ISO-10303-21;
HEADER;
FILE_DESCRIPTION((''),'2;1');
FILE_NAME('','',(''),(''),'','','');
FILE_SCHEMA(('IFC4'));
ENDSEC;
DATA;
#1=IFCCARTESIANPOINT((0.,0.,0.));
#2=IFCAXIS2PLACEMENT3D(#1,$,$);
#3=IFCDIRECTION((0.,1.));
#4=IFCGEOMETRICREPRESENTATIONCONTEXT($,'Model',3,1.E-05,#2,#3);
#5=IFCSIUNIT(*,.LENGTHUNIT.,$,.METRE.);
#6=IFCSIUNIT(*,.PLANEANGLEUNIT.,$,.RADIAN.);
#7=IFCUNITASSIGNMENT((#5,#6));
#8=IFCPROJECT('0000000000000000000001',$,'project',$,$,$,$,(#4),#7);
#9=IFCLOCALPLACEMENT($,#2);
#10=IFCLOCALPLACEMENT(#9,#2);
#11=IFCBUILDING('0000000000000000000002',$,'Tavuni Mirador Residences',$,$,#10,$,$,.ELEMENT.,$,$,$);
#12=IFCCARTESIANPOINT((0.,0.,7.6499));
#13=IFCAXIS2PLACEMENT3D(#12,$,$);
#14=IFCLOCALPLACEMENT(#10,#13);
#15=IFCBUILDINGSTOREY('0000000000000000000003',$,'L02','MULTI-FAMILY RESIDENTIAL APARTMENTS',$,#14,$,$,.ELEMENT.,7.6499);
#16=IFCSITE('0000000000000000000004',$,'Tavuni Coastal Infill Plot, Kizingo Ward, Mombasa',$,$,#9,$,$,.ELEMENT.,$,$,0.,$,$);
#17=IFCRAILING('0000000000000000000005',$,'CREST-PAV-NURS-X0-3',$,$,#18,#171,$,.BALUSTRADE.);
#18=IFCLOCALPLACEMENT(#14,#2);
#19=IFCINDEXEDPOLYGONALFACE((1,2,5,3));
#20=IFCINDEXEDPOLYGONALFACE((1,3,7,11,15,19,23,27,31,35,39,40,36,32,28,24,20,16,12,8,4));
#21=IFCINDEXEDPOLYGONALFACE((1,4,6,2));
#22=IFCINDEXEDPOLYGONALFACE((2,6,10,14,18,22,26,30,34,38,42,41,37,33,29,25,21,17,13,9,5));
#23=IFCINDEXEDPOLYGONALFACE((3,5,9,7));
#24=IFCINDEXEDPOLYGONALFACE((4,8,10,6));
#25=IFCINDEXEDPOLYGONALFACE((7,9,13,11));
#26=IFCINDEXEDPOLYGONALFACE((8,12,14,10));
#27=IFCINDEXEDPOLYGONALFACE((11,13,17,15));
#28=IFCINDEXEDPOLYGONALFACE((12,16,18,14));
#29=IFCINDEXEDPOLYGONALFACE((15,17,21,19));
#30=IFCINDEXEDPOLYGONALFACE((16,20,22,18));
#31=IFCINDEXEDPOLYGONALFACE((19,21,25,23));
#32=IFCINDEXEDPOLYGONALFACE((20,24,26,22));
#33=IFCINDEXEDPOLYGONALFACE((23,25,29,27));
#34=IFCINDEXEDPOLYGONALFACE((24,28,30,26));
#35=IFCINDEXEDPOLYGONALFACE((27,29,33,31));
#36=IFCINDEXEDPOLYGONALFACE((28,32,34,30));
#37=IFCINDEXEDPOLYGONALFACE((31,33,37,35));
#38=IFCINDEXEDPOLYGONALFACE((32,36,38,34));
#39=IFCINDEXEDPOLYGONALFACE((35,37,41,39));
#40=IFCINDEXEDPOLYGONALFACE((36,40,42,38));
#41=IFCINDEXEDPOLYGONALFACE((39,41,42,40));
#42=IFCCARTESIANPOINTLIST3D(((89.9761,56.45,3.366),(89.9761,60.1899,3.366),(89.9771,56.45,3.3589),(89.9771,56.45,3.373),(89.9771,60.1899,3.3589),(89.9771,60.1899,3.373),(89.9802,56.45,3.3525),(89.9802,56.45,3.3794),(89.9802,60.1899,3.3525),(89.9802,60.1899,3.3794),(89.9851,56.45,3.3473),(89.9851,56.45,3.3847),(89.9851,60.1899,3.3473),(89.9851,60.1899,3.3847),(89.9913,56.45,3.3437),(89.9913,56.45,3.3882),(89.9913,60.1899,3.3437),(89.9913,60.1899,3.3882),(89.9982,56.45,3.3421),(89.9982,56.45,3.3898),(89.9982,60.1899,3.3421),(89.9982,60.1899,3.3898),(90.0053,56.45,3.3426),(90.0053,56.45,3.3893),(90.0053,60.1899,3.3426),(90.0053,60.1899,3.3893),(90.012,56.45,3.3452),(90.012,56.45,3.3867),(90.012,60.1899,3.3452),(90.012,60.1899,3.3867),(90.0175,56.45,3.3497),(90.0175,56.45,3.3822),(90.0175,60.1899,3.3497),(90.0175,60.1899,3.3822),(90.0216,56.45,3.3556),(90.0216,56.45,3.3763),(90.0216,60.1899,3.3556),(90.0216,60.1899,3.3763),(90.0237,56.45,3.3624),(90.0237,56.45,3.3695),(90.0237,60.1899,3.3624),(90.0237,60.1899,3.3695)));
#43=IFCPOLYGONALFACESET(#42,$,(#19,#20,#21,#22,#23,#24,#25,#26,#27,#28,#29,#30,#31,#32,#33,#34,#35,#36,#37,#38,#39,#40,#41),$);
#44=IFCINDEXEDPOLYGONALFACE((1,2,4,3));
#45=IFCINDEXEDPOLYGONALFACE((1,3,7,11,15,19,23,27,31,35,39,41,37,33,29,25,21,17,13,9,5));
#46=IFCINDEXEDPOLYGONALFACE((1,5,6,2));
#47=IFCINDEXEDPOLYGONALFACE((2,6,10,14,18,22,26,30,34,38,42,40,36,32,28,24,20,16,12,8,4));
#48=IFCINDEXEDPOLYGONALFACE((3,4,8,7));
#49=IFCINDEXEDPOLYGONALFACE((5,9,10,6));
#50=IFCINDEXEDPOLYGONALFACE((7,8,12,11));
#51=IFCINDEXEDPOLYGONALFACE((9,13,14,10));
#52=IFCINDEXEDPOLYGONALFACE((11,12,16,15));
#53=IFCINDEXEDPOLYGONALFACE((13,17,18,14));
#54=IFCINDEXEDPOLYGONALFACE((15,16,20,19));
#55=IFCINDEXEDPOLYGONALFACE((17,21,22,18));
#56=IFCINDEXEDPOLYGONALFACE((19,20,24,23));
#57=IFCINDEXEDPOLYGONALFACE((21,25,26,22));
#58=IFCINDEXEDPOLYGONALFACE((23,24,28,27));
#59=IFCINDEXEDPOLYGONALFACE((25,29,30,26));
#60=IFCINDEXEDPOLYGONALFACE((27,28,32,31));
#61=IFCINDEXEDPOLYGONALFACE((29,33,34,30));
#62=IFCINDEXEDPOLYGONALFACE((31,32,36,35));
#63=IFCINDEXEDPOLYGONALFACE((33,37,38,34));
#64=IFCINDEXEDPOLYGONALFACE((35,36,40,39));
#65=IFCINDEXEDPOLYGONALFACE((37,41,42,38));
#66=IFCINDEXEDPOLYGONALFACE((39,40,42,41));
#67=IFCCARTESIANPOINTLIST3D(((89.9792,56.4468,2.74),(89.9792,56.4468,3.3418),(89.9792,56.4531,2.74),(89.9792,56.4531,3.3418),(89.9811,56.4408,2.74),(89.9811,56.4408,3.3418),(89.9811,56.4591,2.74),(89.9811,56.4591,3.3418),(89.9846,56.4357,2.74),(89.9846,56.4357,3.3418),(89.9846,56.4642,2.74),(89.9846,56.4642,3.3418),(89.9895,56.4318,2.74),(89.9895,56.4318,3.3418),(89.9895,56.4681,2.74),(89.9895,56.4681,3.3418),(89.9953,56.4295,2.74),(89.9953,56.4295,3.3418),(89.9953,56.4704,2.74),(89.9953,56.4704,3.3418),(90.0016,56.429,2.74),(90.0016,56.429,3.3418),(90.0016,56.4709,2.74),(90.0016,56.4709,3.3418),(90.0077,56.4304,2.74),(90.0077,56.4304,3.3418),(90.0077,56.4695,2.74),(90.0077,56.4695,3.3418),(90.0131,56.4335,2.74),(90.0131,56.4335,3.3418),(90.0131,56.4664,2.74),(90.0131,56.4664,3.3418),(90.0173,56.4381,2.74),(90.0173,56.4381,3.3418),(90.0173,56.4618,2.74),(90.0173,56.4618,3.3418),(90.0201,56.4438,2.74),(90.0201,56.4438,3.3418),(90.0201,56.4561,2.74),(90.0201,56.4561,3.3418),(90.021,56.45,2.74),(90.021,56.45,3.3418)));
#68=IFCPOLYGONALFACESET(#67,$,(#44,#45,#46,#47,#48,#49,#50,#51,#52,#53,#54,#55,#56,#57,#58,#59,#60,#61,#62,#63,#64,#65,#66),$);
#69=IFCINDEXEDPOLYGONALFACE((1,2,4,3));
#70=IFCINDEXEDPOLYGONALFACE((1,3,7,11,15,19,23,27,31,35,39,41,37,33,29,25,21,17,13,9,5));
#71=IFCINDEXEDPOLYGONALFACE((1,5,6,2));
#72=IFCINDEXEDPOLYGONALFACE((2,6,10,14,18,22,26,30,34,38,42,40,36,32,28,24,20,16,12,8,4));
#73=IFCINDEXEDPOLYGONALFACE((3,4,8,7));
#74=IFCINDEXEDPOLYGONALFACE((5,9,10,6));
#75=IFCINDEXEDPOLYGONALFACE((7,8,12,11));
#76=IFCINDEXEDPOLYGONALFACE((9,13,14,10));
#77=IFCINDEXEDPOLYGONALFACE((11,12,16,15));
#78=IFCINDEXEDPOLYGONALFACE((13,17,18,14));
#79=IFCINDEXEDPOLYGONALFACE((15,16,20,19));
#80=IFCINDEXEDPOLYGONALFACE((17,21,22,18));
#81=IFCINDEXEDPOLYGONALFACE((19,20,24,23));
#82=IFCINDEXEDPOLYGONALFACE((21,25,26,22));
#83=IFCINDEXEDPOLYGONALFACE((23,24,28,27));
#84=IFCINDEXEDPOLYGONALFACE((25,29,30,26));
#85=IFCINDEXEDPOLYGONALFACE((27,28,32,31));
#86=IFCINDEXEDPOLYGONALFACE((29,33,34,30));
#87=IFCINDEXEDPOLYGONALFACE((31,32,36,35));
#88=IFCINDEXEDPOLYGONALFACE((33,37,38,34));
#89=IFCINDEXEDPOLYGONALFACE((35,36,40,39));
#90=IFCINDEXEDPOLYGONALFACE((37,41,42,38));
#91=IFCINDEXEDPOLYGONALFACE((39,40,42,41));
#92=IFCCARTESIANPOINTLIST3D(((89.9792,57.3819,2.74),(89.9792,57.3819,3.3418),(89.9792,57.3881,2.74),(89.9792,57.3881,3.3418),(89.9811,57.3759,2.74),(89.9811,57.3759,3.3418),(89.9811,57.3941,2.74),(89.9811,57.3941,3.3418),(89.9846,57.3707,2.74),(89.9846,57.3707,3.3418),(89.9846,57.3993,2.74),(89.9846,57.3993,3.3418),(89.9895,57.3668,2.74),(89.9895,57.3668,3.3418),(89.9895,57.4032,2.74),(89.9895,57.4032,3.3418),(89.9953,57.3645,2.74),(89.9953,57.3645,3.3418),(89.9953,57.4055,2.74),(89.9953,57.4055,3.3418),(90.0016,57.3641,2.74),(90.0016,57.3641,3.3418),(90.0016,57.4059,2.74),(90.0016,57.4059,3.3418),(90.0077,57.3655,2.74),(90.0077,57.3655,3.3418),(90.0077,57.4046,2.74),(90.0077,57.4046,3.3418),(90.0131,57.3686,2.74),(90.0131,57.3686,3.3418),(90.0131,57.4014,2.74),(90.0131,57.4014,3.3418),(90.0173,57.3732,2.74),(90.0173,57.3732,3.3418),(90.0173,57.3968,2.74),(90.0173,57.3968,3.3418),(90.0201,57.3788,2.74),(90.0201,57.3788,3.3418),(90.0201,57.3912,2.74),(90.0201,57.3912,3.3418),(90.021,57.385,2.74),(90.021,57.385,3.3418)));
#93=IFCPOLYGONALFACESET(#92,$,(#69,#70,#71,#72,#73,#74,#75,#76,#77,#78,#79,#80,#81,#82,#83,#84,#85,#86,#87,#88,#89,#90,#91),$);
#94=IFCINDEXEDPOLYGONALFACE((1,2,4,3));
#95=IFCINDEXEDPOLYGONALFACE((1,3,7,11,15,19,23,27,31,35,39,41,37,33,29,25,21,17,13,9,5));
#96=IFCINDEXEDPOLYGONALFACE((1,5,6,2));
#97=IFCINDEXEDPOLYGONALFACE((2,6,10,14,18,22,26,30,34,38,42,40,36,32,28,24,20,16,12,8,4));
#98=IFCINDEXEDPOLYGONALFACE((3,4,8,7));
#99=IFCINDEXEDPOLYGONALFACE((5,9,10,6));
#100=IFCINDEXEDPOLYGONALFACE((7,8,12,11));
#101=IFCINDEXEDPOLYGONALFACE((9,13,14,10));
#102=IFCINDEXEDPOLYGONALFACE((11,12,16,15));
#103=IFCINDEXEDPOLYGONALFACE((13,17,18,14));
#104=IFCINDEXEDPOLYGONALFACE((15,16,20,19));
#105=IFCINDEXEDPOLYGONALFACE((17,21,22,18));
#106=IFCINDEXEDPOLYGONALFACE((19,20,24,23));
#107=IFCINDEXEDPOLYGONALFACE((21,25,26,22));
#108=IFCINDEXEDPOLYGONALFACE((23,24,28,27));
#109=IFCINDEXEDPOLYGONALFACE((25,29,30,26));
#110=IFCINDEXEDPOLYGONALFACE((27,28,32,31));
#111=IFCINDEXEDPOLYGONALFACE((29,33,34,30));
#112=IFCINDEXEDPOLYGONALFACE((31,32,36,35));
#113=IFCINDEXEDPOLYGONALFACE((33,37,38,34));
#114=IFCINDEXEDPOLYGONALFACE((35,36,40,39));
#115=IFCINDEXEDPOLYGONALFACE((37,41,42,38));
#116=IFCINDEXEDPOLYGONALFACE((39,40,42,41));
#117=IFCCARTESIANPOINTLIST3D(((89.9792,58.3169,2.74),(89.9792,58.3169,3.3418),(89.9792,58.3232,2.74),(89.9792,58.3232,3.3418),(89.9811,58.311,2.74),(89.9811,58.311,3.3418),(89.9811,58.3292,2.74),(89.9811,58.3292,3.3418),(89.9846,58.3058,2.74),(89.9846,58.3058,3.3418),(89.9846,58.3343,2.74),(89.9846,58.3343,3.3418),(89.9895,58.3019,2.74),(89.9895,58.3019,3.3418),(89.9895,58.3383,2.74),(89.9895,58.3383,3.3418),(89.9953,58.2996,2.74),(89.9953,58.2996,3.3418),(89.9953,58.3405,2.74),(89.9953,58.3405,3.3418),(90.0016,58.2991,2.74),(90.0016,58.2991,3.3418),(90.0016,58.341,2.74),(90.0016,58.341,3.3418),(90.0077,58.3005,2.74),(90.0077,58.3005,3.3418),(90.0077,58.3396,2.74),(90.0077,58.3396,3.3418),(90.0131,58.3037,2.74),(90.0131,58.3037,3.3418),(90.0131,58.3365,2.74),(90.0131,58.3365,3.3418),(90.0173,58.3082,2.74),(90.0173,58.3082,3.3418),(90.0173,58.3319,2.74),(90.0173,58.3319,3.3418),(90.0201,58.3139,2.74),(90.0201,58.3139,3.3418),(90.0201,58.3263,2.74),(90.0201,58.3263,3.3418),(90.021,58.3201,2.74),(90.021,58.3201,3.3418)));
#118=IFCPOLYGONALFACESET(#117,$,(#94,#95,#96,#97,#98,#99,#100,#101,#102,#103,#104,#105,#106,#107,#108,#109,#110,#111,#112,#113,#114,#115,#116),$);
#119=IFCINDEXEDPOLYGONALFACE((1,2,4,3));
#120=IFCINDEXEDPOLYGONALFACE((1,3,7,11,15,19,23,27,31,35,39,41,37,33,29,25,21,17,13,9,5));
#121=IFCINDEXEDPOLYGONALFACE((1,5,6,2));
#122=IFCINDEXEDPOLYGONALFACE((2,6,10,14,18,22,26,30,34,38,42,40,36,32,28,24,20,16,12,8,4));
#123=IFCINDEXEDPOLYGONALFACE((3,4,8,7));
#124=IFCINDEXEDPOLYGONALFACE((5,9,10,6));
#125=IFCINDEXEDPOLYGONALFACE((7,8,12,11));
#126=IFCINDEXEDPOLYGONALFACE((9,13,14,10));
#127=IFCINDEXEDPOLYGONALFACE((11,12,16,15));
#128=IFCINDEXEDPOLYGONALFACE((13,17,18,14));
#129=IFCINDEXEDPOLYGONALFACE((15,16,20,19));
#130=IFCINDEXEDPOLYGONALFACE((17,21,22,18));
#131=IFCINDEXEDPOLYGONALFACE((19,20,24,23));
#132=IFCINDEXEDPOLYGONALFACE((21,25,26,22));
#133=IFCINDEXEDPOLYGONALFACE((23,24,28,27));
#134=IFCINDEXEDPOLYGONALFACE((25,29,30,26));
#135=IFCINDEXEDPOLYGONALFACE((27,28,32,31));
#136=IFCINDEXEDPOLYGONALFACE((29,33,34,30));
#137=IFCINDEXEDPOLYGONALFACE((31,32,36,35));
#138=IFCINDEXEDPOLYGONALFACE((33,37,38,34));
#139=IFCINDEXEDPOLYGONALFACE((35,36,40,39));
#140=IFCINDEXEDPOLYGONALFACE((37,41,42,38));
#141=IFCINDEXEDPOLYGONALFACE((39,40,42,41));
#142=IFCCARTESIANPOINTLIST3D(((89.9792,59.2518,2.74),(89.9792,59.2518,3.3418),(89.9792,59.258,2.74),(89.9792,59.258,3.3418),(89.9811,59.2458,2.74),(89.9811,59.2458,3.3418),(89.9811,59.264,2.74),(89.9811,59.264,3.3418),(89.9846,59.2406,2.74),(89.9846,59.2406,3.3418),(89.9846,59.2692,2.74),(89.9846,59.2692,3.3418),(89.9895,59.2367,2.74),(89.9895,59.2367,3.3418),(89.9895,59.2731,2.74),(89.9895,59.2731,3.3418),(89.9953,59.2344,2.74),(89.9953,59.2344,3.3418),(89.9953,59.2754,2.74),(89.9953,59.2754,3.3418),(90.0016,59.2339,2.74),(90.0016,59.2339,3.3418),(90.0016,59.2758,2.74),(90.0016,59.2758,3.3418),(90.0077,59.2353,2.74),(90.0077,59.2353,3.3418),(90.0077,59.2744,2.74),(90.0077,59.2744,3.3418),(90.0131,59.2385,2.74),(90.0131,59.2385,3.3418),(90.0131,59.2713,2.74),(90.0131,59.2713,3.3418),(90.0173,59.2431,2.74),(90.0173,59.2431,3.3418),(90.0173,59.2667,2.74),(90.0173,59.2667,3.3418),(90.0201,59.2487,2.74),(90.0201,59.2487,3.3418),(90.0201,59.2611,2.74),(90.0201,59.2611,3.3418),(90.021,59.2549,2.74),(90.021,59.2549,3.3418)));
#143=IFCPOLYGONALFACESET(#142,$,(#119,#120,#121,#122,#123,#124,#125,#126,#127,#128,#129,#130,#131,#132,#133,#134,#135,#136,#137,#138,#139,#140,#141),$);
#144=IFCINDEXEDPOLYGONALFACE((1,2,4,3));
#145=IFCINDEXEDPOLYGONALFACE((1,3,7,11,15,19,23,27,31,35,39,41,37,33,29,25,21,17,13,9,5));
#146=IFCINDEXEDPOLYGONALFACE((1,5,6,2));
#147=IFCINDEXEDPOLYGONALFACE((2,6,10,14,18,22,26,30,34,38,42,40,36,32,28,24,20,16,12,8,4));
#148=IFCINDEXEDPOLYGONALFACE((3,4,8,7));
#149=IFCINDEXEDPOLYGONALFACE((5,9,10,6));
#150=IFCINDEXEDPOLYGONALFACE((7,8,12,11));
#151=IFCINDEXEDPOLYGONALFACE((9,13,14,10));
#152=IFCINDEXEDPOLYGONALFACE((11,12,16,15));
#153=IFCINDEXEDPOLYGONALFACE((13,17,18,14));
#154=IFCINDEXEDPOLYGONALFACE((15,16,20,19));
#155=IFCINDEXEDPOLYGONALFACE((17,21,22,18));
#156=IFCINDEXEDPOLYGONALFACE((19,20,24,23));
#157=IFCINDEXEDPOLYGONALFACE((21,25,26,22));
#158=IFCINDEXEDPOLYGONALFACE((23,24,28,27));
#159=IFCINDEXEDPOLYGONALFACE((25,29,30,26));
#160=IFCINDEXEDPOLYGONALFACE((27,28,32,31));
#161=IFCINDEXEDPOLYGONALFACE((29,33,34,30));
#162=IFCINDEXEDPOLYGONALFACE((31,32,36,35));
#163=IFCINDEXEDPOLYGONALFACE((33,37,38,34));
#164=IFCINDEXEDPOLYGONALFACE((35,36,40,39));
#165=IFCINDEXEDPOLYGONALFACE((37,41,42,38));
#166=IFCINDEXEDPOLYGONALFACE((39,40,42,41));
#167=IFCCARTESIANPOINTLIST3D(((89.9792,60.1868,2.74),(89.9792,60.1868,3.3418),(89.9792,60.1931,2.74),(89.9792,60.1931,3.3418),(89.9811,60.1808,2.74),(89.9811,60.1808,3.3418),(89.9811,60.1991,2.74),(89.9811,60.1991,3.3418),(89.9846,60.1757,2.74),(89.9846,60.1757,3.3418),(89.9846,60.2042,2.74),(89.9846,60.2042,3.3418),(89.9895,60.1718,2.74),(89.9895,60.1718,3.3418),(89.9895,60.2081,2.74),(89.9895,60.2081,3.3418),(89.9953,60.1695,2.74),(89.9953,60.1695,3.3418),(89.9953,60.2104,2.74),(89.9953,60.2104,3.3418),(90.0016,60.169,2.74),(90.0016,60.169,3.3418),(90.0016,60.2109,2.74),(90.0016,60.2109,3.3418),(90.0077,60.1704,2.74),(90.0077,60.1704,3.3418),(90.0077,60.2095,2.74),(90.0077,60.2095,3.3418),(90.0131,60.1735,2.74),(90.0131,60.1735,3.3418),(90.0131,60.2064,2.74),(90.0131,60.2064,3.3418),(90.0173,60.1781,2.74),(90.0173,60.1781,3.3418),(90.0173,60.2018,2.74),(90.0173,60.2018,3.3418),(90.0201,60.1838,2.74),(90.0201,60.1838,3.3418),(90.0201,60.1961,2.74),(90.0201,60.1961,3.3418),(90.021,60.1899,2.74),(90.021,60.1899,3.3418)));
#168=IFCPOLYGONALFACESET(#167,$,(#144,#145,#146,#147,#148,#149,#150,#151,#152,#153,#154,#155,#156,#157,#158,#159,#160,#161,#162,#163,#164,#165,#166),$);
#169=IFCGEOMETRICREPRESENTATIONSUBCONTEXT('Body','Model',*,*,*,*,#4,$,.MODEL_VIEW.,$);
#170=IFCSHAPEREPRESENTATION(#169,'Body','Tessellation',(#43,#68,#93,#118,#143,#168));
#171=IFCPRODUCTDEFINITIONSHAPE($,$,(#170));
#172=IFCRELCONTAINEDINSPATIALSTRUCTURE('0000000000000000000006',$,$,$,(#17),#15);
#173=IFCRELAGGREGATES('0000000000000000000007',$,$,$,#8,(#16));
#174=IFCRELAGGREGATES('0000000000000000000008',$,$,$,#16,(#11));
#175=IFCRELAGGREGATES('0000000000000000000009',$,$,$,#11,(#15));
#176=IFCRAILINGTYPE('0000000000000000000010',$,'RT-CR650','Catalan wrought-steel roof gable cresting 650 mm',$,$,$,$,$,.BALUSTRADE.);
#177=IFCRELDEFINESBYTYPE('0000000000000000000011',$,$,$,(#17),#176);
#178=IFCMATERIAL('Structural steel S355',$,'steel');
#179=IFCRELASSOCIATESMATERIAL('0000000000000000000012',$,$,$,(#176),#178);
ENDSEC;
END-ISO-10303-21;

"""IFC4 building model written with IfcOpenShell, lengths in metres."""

from ifc_helpers import new_model, si_unit, direction, frame, origin, origin_2d, place, context, subcontext, project, spatial, circle, extrude, material, type_object, element, save


model = new_model("IFC4")

# Units and contexts
model_context = context("Model", 3, precision=1e-05, world=origin(), true_north=direction((0.0, 1.0)))
body_context = subcontext(model_context, "Body", "Model", "MODEL_VIEW")
ifc_project = project(units=[si_unit("LENGTHUNIT", "METRE"), si_unit("PLANEANGLEUNIT", "RADIAN")], contexts=[model_context])

# Site, building, storey
site_placement = place(None, origin())
site = spatial("IfcSite", under=ifc_project, at=site_placement, Name="Tavuni Coastal Infill Plot, Kizingo Ward, Mombasa", CompositionType="ELEMENT", RefElevation=0.0)
building_placement = place(site_placement, origin())
building = spatial("IfcBuilding", under=site, at=building_placement, Name="Tavuni Mirador Residences", CompositionType="ELEMENT")
storey_placement = place(building_placement, frame((0.0, 0.0, 7.6499)))
storey = spatial("IfcBuildingStorey", under=building, at=storey_placement, Name="L02", Description="MULTI-FAMILY RESIDENTIAL APARTMENTS", CompositionType="ELEMENT", Elevation=7.6499)

# Shared definitions
ifc_material_1 = material(Name="Structural steel S355", Category="steel")

# Railing
railing_type = type_object("IfcRailingType", Name="RT-CR650", Description="Catalan wrought-steel roof gable cresting 650 mm", PredefinedType="BALUSTRADE", material=ifc_material_1)
for number, where, name in (
    (1, (90.0, 56.45, 2.74), "CREST-PAV-NURS-X0-3"),
):
    element("IfcRailing", number, at=place(storey_placement, frame(where)), inside=storey, type_object=railing_type, Name=name, PredefinedType="BALUSTRADE", context=body_context, shape_type="SweptSolid", body=[
        extrude(circle(Radius=0.0239, at=origin_2d()), frame((0.0, 0.0, 0.626), z_axis=(0.0, 1.0, 0.0), x_axis=(-1.0, 0.0, 0.0)), (0.0, 0.0, 1.0), 3.74),
        extrude(circle(Radius=0.021, at=origin_2d()), origin(), (0.0, 0.0, 1.0), 0.6018),
        extrude(circle(Radius=0.021, at=origin_2d()), frame((0.0, 0.9351, 0.0)), (0.0, 0.0, 1.0), 0.6018),
        extrude(circle(Radius=0.021, at=origin_2d()), frame((0.0, 1.8701, 0.0)), (0.0, 0.0, 1.0), 0.6018),
        extrude(circle(Radius=0.021, at=origin_2d()), frame((0.0, 2.8049, 0.0)), (0.0, 0.0, 1.0), 0.6018),
        extrude(circle(Radius=0.021, at=origin_2d()), frame((0.0, 3.74, 0.0)), (0.0, 0.0, 1.0), 0.6018),
    ])

save(model, "model.ifc")
